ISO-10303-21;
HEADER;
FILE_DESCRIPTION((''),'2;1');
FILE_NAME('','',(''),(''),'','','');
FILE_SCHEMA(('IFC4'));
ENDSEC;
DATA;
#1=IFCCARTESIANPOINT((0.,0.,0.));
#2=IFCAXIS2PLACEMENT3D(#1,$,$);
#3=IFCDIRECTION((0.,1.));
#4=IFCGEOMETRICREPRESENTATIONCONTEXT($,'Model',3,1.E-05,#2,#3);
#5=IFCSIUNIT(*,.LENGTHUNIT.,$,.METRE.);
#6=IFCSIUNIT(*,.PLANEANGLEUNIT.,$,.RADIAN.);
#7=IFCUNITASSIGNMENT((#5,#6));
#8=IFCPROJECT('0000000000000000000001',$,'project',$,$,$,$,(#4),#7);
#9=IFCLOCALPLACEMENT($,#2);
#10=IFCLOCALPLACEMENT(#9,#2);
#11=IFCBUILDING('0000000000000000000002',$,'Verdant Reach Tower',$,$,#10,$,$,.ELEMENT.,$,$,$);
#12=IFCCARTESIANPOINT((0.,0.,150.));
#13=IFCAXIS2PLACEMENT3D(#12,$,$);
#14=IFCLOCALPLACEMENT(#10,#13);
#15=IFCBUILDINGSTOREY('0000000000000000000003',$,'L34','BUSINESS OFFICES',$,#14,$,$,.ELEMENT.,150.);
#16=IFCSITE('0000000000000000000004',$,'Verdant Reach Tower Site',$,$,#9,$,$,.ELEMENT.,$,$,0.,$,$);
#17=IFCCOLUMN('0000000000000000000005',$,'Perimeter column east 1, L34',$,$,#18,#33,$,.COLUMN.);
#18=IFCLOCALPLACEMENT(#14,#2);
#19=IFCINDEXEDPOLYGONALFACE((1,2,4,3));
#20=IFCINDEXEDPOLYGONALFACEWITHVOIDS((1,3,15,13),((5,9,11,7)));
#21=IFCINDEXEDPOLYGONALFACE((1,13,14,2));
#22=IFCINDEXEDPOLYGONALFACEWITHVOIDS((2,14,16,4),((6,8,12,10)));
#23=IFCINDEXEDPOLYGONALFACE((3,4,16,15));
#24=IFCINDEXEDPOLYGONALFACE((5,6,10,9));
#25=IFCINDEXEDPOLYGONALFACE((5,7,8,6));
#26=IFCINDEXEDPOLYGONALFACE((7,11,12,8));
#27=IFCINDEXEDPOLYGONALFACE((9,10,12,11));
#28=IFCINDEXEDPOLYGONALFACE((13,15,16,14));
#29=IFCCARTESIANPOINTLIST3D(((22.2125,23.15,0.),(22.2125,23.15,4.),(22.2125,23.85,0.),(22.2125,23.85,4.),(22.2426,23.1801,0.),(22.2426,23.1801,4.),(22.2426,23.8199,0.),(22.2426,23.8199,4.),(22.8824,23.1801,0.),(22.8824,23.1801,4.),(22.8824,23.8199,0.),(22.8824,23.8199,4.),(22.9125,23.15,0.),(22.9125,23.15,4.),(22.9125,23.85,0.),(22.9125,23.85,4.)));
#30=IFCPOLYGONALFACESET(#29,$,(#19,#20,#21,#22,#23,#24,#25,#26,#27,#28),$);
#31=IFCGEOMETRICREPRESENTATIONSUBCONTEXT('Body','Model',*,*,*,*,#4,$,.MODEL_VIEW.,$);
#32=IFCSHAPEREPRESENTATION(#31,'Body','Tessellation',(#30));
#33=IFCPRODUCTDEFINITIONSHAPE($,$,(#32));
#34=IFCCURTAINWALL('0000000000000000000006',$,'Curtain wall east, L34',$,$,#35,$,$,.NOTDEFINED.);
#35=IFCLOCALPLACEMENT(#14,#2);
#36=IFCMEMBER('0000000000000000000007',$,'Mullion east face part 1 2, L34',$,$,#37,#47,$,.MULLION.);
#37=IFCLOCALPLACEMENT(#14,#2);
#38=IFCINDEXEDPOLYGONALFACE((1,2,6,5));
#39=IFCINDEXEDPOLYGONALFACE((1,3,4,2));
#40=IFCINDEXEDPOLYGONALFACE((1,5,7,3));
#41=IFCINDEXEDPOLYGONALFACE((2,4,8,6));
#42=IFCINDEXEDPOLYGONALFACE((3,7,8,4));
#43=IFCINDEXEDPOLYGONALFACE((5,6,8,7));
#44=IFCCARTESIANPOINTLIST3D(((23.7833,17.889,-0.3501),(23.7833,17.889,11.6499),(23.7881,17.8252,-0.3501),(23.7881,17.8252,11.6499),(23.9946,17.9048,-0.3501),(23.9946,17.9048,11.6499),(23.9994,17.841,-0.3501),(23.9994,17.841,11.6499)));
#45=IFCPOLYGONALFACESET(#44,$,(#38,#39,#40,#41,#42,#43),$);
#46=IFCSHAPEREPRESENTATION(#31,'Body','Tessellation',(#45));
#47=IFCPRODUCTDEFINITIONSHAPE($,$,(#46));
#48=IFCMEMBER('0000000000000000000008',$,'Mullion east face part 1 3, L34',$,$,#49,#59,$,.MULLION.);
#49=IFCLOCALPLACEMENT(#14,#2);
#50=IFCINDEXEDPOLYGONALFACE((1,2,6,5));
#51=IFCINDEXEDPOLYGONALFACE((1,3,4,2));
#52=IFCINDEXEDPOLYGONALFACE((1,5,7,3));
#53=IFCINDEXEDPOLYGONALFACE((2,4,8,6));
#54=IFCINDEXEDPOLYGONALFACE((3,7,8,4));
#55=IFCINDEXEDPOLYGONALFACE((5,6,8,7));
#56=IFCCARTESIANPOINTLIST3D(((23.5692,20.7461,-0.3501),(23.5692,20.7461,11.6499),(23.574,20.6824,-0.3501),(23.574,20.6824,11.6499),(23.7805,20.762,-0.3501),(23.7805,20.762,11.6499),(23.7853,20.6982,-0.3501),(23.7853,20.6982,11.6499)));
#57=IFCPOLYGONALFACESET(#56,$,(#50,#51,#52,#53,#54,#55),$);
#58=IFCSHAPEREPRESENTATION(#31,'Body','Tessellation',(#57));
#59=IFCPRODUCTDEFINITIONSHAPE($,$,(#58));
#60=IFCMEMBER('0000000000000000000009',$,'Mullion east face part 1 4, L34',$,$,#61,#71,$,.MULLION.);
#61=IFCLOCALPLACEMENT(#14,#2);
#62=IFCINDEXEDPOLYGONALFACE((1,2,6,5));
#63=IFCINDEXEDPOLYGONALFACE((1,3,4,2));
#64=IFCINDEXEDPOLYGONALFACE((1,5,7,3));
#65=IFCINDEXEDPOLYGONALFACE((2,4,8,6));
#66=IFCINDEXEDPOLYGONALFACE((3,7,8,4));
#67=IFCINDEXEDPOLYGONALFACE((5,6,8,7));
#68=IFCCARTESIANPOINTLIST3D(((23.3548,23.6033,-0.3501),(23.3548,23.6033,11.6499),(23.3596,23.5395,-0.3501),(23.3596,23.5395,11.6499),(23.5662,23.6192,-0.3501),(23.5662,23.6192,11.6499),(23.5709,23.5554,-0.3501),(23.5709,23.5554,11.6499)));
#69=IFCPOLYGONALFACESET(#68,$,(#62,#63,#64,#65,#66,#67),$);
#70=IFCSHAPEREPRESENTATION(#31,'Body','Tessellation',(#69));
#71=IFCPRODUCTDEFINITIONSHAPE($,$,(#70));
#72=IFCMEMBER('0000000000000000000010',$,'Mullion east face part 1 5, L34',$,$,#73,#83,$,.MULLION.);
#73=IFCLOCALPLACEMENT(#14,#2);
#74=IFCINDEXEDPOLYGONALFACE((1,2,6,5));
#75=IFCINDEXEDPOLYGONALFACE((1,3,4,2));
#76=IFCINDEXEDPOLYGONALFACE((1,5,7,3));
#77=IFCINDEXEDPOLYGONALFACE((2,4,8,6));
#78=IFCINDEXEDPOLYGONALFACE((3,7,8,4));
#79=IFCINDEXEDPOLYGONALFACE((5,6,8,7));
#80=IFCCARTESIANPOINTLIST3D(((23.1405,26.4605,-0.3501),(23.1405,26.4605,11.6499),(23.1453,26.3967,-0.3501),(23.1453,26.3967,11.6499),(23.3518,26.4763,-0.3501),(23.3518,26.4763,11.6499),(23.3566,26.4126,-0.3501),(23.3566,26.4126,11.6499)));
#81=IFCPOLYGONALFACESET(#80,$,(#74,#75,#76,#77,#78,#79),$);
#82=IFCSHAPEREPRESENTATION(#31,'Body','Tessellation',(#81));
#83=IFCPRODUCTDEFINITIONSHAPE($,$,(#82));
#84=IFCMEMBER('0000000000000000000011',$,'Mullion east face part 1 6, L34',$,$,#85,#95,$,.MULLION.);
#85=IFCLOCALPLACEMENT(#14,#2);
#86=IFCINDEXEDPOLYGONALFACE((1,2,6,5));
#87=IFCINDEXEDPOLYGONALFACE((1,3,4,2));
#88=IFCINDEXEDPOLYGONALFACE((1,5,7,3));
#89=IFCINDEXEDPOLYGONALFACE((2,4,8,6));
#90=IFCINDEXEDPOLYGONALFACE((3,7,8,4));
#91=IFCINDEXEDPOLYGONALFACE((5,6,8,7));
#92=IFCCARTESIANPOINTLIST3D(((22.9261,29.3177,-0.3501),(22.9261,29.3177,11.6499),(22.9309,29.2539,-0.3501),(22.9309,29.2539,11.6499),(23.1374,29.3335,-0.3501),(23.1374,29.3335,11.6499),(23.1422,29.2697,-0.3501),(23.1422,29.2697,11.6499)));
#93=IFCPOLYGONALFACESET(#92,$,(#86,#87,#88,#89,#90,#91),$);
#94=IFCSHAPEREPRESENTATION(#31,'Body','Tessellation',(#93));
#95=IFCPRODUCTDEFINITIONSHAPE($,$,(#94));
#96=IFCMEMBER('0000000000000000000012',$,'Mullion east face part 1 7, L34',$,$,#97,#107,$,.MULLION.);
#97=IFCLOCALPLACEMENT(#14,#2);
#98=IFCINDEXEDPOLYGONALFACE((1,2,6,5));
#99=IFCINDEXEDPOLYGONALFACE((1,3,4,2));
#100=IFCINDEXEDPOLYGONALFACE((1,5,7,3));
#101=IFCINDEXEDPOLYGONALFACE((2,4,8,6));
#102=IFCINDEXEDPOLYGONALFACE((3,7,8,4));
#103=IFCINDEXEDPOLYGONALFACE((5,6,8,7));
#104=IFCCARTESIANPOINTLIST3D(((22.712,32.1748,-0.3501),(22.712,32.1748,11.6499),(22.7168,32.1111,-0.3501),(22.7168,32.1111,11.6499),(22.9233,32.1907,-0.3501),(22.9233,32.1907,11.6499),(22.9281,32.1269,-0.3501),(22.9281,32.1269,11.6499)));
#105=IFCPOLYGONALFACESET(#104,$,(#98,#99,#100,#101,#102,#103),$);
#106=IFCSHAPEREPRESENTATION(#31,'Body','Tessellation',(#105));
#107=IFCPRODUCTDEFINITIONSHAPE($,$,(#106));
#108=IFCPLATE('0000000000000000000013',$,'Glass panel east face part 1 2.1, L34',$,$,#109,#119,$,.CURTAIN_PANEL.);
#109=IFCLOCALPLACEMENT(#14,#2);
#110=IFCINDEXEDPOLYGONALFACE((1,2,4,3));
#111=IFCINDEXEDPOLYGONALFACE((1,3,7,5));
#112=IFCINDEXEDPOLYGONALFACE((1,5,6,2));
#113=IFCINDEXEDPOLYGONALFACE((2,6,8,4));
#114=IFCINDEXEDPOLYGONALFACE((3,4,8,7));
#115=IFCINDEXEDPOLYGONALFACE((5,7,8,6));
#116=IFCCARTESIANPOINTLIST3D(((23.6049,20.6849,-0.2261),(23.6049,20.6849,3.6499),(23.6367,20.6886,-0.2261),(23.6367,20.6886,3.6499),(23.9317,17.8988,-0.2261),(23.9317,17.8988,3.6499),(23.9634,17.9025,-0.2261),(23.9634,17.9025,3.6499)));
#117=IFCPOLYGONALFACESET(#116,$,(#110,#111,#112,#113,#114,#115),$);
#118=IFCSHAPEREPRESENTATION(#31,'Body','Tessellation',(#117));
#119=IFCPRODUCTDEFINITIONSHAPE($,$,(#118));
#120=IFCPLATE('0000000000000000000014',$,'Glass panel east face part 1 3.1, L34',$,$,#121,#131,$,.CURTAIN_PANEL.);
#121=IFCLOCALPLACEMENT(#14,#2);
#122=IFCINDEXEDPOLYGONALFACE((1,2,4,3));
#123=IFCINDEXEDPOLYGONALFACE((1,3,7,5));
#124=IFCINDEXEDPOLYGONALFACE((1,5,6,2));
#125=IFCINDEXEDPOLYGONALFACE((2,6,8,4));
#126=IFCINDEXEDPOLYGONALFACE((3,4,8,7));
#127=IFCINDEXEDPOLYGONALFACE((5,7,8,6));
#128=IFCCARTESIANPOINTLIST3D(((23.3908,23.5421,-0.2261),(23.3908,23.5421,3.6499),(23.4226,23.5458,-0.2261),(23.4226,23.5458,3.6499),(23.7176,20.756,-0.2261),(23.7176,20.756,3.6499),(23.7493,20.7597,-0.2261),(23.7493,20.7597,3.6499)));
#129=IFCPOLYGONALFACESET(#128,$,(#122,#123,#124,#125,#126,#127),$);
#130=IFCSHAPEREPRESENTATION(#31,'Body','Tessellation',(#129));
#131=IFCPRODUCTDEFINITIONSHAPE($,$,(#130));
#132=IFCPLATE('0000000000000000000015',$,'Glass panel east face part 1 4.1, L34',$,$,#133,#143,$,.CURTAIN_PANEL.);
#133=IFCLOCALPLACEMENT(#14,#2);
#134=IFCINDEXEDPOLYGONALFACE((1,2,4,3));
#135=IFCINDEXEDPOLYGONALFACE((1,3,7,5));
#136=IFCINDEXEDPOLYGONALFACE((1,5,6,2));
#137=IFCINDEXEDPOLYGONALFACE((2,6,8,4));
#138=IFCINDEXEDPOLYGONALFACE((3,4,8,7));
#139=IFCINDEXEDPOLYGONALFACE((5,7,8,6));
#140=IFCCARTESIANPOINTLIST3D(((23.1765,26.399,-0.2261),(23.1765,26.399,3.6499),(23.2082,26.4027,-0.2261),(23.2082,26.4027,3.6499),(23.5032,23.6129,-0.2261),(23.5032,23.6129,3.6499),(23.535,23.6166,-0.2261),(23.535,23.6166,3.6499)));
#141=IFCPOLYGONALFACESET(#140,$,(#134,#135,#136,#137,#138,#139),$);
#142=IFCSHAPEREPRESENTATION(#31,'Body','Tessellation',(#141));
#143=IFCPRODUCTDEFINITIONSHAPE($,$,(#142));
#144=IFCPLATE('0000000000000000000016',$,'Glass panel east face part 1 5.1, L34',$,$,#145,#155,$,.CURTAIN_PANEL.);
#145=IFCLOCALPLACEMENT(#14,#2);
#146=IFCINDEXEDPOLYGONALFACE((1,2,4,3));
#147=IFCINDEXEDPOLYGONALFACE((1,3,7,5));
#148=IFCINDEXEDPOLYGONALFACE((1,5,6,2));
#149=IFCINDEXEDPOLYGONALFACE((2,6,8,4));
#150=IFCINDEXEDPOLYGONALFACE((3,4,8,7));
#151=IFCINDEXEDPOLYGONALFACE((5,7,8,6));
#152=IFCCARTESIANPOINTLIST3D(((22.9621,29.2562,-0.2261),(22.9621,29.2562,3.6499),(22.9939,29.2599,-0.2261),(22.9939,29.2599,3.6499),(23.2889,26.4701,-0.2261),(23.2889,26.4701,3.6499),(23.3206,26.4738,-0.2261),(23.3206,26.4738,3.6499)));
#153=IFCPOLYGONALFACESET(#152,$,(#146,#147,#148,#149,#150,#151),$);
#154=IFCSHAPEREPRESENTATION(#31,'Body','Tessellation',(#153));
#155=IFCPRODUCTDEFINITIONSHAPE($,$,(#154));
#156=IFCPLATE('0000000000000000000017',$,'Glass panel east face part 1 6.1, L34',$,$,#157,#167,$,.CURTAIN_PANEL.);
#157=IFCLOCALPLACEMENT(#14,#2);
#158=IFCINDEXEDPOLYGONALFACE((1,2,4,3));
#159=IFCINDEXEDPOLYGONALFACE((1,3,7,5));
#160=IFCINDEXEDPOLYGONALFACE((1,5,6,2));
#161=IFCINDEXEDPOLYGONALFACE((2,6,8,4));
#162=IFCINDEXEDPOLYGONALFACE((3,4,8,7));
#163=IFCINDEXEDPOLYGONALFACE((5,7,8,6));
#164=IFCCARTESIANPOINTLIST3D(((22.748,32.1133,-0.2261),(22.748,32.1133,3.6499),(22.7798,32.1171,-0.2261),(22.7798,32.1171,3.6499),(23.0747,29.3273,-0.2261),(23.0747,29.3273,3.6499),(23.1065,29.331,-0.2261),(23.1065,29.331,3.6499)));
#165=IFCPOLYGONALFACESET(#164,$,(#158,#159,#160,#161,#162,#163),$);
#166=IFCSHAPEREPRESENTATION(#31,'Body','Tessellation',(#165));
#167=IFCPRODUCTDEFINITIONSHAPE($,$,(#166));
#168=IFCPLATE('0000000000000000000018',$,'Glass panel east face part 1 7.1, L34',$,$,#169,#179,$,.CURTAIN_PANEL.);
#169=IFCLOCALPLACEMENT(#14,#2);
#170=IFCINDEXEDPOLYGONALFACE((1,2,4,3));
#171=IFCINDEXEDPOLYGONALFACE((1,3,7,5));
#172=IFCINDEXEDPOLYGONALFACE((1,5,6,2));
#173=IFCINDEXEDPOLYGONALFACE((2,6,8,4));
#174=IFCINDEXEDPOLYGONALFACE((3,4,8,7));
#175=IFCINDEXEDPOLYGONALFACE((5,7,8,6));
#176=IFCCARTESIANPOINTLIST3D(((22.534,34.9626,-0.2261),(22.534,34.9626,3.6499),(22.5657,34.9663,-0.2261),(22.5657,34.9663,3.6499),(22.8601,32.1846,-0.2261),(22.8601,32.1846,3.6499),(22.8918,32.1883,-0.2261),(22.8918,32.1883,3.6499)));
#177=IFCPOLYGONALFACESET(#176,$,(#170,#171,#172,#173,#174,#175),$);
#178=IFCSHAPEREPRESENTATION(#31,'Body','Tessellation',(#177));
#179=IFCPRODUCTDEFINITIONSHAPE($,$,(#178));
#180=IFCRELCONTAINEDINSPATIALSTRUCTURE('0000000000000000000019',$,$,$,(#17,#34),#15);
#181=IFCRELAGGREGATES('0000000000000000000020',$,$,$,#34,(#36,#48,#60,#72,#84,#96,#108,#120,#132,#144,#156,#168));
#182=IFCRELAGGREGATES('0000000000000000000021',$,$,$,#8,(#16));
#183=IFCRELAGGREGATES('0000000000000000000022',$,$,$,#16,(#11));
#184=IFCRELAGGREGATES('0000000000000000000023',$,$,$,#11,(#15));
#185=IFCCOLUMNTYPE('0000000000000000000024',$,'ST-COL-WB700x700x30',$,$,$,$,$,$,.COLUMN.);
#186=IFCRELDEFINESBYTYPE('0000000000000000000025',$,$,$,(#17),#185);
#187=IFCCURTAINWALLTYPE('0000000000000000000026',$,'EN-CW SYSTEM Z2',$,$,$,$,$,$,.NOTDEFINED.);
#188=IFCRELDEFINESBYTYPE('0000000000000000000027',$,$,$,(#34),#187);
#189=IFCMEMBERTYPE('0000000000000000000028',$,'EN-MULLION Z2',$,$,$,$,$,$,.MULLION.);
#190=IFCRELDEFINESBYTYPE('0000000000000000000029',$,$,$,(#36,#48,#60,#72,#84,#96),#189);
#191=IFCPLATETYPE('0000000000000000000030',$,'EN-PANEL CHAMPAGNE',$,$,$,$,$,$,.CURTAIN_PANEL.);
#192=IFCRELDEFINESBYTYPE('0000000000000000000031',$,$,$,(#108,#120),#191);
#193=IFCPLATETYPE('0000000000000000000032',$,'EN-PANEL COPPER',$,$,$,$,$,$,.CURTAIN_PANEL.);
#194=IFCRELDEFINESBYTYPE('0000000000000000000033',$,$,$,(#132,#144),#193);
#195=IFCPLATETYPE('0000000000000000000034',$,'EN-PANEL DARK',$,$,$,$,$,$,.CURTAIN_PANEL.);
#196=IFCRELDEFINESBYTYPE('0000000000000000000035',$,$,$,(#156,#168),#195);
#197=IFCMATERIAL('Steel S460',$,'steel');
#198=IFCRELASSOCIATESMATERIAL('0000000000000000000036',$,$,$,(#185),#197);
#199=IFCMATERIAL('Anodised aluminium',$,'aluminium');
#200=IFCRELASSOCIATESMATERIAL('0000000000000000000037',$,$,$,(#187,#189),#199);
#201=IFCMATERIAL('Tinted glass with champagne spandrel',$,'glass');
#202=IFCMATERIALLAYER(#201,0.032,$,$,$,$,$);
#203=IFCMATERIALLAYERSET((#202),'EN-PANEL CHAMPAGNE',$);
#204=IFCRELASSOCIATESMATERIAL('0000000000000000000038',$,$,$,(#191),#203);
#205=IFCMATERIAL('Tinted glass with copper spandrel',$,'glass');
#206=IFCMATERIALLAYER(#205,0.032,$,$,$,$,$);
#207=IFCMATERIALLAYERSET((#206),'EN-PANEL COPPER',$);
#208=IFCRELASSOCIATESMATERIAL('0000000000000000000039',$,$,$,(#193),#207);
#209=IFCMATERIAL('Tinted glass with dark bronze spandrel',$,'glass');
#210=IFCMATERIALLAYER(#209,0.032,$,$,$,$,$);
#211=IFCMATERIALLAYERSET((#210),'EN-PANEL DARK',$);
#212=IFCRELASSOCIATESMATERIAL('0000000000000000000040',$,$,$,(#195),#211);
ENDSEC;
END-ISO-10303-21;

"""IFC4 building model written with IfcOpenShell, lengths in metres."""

from ifc_helpers import new_model, si_unit, direction, frame, origin, origin_2d, place, context, subcontext, project, spatial, rectangle, hollow_rectangle, extrude, material, layer, layer_set, material_profile, profile_set, type_object, element, aggregate, save


model = new_model("IFC4")

# Units and contexts
model_context = context("Model", 3, precision=1e-05, world=origin(), true_north=direction((0.0, 1.0)))
body_context = subcontext(model_context, "Body", "Model", "MODEL_VIEW")
ifc_project = project(units=[si_unit("LENGTHUNIT", "METRE"), si_unit("PLANEANGLEUNIT", "RADIAN")], contexts=[model_context])

# Site, building, storey
site_placement = place(None, origin())
site = spatial("IfcSite", under=ifc_project, at=site_placement, Name="Verdant Reach Tower Site", CompositionType="ELEMENT", RefElevation=0.0)
building_placement = place(site_placement, origin())
building = spatial("IfcBuilding", under=site, at=building_placement, Name="Verdant Reach Tower", CompositionType="ELEMENT")
storey_placement = place(building_placement, frame((0.0, 0.0, 150.0)))
storey = spatial("IfcBuildingStorey", under=building, at=storey_placement, Name="L34", Description="BUSINESS OFFICES", CompositionType="ELEMENT", Elevation=150.0)

# Column
ifc_material_1 = material(Name="Steel S460", Category="steel")
ifc_material_profile_1 = material_profile(ifc_material_1, hollow_rectangle(XDim=0.7, YDim=0.7, WallThickness=0.03, at=origin_2d()), Name="WB 700x700x30")
ifc_profile_set_1 = profile_set([ifc_material_profile_1], Name="Steel S460")
column_type = type_object("IfcColumnType", Name="ST-COL-WB700x700x30", PredefinedType="COLUMN", material=ifc_profile_set_1)
column_placement = place(storey_placement, frame((22.5625, 23.5, 0.0), z_axis=(0.0, 0.0, 1.0), x_axis=(1.0, 0.0, 0.0)))
element("IfcColumn", 1, at=column_placement, inside=storey, type_object=column_type, Name="Perimeter column east 1, L34", PredefinedType="COLUMN", context=body_context, shape_type="SweptSolid", body=[
    extrude(hollow_rectangle(XDim=0.7, YDim=0.7, WallThickness=0.03, at=origin_2d()), origin(), (0.0, 0.0, 1.0), 4.0),
])

# Curtain wall, members, plates
ifc_material_2 = material(Name="Anodised aluminium", Category="aluminium")
curtain_wall_type = type_object("IfcCurtainWallType", Name="EN-CW SYSTEM Z2", PredefinedType="NOTDEFINED", material=ifc_material_2)
curtain_wall_placement = place(storey_placement, origin())
curtain_wall = element("IfcCurtainWall", 2, at=curtain_wall_placement, inside=storey, type_object=curtain_wall_type, Name="Curtain wall east, L34", PredefinedType="NOTDEFINED")
ifc_material_profile_2 = material_profile(ifc_material_2, rectangle(XDim=0.2119, YDim=0.064, at=origin_2d()), Name="Mullion 64x212")
ifc_profile_set_2 = profile_set([ifc_material_profile_2], Name="Anodised aluminium")
member_type = type_object("IfcMemberType", Name="EN-MULLION Z2", PredefinedType="MULLION", material=ifc_profile_set_2)
member_1_placement = place(storey_placement, frame((23.8914, 17.865, -0.3501), z_axis=(0.0, 0.0, 1.0), x_axis=(0.997199, 0.07479, 0.0)))
member_1 = element("IfcMember", 3, at=member_1_placement, type_object=member_type, Name="Mullion east face part 1 2, L34", PredefinedType="MULLION", context=body_context, shape_type="SweptSolid", body=[
    extrude(rectangle(XDim=0.2119, YDim=0.064, at=origin_2d()), origin(), (0.0, 0.0, 1.0), 12.0),
])
member_2_placement = place(storey_placement, frame((23.6772, 20.7222, -0.3501), z_axis=(0.0, 0.0, 1.0), x_axis=(0.997199, 0.07479, 0.0)))
member_2 = element("IfcMember", 4, at=member_2_placement, type_object=member_type, Name="Mullion east face part 1 3, L34", PredefinedType="MULLION", context=body_context, shape_type="SweptSolid", body=[
    extrude(rectangle(XDim=0.2119, YDim=0.064, at=origin_2d()), origin(), (0.0, 0.0, 1.0), 12.0),
])
member_3_placement = place(storey_placement, frame((23.4629, 23.5793, -0.3501), z_axis=(0.0, 0.0, 1.0), x_axis=(0.997199, 0.07479, 0.0)))
member_3 = element("IfcMember", 5, at=member_3_placement, type_object=member_type, Name="Mullion east face part 1 4, L34", PredefinedType="MULLION", context=body_context, shape_type="SweptSolid", body=[
    extrude(rectangle(XDim=0.2119, YDim=0.064, at=origin_2d()), origin(), (0.0, 0.0, 1.0), 12.0),
])
member_4_placement = place(storey_placement, frame((23.2485, 26.4365, -0.3501), z_axis=(0.0, 0.0, 1.0), x_axis=(0.997199, 0.07479, 0.0)))
member_4 = element("IfcMember", 6, at=member_4_placement, type_object=member_type, Name="Mullion east face part 1 5, L34", PredefinedType="MULLION", context=body_context, shape_type="SweptSolid", body=[
    extrude(rectangle(XDim=0.2119, YDim=0.064, at=origin_2d()), origin(), (0.0, 0.0, 1.0), 12.0),
])
member_5_placement = place(storey_placement, frame((23.0342, 29.2937, -0.3501), z_axis=(0.0, 0.0, 1.0), x_axis=(0.997199, 0.07479, 0.0)))
member_5 = element("IfcMember", 7, at=member_5_placement, type_object=member_type, Name="Mullion east face part 1 6, L34", PredefinedType="MULLION", context=body_context, shape_type="SweptSolid", body=[
    extrude(rectangle(XDim=0.2119, YDim=0.064, at=origin_2d()), origin(), (0.0, 0.0, 1.0), 12.0),
])
member_6_placement = place(storey_placement, frame((22.8201, 32.1509, -0.3501), z_axis=(0.0, 0.0, 1.0), x_axis=(0.997199, 0.07479, 0.0)))
member_6 = element("IfcMember", 8, at=member_6_placement, type_object=member_type, Name="Mullion east face part 1 7, L34", PredefinedType="MULLION", context=body_context, shape_type="SweptSolid", body=[
    extrude(rectangle(XDim=0.2119, YDim=0.064, at=origin_2d()), origin(), (0.0, 0.0, 1.0), 12.0),
])
ifc_material_3 = material(Name="Tinted glass with champagne spandrel", Category="glass")
ifc_layer_1 = layer(ifc_material_3, 0.032)
ifc_layer_set_1 = layer_set([ifc_layer_1], Name="EN-PANEL CHAMPAGNE")
plate_type_1 = type_object("IfcPlateType", Name="EN-PANEL CHAMPAGNE", PredefinedType="CURTAIN_PANEL", material=ifc_layer_set_1)
plate_1_placement = place(storey_placement, frame((23.7842, 19.2937, -0.2261), z_axis=(0.0, 0.0, 1.0), x_axis=(-0.116483, 0.993193, 0.0)))
plate_1 = element("IfcPlate", 9, at=plate_1_placement, type_object=plate_type_1, Name="Glass panel east face part 1 2.1, L34", PredefinedType="CURTAIN_PANEL", context=body_context, shape_type="SweptSolid", body=[
    extrude(rectangle(XDim=2.8052, YDim=0.032, at=origin_2d()), origin(), (0.0, 0.0, 1.0), 3.876),
])
plate_2_placement = place(storey_placement, frame((23.5701, 22.1509, -0.2261), z_axis=(0.0, 0.0, 1.0), x_axis=(-0.116483, 0.993193, 0.0)))
plate_2 = element("IfcPlate", 10, at=plate_2_placement, type_object=plate_type_1, Name="Glass panel east face part 1 3.1, L34", PredefinedType="CURTAIN_PANEL", context=body_context, shape_type="SweptSolid", body=[
    extrude(rectangle(XDim=2.8052, YDim=0.032, at=origin_2d()), origin(), (0.0, 0.0, 1.0), 3.876),
])
ifc_material_4 = material(Name="Tinted glass with copper spandrel", Category="glass")
ifc_layer_2 = layer(ifc_material_4, 0.032)
ifc_layer_set_2 = layer_set([ifc_layer_2], Name="EN-PANEL COPPER")
plate_type_2 = type_object("IfcPlateType", Name="EN-PANEL COPPER", PredefinedType="CURTAIN_PANEL", material=ifc_layer_set_2)
plate_3_placement = place(storey_placement, frame((23.3557, 25.0078, -0.2261), z_axis=(0.0, 0.0, 1.0), x_axis=(-0.116483, 0.993193, 0.0)))
plate_3 = element("IfcPlate", 11, at=plate_3_placement, type_object=plate_type_2, Name="Glass panel east face part 1 4.1, L34", PredefinedType="CURTAIN_PANEL", context=body_context, shape_type="SweptSolid", body=[
    extrude(rectangle(XDim=2.8052, YDim=0.032, at=origin_2d()), origin(), (0.0, 0.0, 1.0), 3.876),
])
plate_4_placement = place(storey_placement, frame((23.1414, 27.865, -0.2261), z_axis=(0.0, 0.0, 1.0), x_axis=(-0.116483, 0.993193, 0.0)))
plate_4 = element("IfcPlate", 12, at=plate_4_placement, type_object=plate_type_2, Name="Glass panel east face part 1 5.1, L34", PredefinedType="CURTAIN_PANEL", context=body_context, shape_type="SweptSolid", body=[
    extrude(rectangle(XDim=2.8052, YDim=0.032, at=origin_2d()), origin(), (0.0, 0.0, 1.0), 3.876),
])
ifc_material_5 = material(Name="Tinted glass with dark bronze spandrel", Category="glass")
ifc_layer_3 = layer(ifc_material_5, 0.032)
ifc_layer_set_3 = layer_set([ifc_layer_3], Name="EN-PANEL DARK")
plate_type_3 = type_object("IfcPlateType", Name="EN-PANEL DARK", PredefinedType="CURTAIN_PANEL", material=ifc_layer_set_3)
plate_5_placement = place(storey_placement, frame((22.9272, 30.7222, -0.2261), z_axis=(0.0, 0.0, 1.0), x_axis=(-0.116483, 0.993193, 0.0)))
plate_5 = element("IfcPlate", 13, at=plate_5_placement, type_object=plate_type_3, Name="Glass panel east face part 1 6.1, L34", PredefinedType="CURTAIN_PANEL", context=body_context, shape_type="SweptSolid", body=[
    extrude(rectangle(XDim=2.8052, YDim=0.032, at=origin_2d()), origin(), (0.0, 0.0, 1.0), 3.876),
])
plate_6_placement = place(storey_placement, frame((22.7129, 33.5754, -0.2261), z_axis=(0.0, 0.0, 1.0), x_axis=(-0.116586, 0.993181, 0.0)))
plate_6 = element("IfcPlate", 14, at=plate_6_placement, type_object=plate_type_3, Name="Glass panel east face part 1 7.1, L34", PredefinedType="CURTAIN_PANEL", context=body_context, shape_type="SweptSolid", body=[
    extrude(rectangle(XDim=2.7971, YDim=0.032, at=origin_2d()), origin(), (0.0, 0.0, 1.0), 3.876),
])
aggregate(curtain_wall, [member_1, member_2, member_3, member_4, member_5, member_6, plate_1, plate_2, plate_3, plate_4, plate_5, plate_6])

save(model, "model.ifc")
